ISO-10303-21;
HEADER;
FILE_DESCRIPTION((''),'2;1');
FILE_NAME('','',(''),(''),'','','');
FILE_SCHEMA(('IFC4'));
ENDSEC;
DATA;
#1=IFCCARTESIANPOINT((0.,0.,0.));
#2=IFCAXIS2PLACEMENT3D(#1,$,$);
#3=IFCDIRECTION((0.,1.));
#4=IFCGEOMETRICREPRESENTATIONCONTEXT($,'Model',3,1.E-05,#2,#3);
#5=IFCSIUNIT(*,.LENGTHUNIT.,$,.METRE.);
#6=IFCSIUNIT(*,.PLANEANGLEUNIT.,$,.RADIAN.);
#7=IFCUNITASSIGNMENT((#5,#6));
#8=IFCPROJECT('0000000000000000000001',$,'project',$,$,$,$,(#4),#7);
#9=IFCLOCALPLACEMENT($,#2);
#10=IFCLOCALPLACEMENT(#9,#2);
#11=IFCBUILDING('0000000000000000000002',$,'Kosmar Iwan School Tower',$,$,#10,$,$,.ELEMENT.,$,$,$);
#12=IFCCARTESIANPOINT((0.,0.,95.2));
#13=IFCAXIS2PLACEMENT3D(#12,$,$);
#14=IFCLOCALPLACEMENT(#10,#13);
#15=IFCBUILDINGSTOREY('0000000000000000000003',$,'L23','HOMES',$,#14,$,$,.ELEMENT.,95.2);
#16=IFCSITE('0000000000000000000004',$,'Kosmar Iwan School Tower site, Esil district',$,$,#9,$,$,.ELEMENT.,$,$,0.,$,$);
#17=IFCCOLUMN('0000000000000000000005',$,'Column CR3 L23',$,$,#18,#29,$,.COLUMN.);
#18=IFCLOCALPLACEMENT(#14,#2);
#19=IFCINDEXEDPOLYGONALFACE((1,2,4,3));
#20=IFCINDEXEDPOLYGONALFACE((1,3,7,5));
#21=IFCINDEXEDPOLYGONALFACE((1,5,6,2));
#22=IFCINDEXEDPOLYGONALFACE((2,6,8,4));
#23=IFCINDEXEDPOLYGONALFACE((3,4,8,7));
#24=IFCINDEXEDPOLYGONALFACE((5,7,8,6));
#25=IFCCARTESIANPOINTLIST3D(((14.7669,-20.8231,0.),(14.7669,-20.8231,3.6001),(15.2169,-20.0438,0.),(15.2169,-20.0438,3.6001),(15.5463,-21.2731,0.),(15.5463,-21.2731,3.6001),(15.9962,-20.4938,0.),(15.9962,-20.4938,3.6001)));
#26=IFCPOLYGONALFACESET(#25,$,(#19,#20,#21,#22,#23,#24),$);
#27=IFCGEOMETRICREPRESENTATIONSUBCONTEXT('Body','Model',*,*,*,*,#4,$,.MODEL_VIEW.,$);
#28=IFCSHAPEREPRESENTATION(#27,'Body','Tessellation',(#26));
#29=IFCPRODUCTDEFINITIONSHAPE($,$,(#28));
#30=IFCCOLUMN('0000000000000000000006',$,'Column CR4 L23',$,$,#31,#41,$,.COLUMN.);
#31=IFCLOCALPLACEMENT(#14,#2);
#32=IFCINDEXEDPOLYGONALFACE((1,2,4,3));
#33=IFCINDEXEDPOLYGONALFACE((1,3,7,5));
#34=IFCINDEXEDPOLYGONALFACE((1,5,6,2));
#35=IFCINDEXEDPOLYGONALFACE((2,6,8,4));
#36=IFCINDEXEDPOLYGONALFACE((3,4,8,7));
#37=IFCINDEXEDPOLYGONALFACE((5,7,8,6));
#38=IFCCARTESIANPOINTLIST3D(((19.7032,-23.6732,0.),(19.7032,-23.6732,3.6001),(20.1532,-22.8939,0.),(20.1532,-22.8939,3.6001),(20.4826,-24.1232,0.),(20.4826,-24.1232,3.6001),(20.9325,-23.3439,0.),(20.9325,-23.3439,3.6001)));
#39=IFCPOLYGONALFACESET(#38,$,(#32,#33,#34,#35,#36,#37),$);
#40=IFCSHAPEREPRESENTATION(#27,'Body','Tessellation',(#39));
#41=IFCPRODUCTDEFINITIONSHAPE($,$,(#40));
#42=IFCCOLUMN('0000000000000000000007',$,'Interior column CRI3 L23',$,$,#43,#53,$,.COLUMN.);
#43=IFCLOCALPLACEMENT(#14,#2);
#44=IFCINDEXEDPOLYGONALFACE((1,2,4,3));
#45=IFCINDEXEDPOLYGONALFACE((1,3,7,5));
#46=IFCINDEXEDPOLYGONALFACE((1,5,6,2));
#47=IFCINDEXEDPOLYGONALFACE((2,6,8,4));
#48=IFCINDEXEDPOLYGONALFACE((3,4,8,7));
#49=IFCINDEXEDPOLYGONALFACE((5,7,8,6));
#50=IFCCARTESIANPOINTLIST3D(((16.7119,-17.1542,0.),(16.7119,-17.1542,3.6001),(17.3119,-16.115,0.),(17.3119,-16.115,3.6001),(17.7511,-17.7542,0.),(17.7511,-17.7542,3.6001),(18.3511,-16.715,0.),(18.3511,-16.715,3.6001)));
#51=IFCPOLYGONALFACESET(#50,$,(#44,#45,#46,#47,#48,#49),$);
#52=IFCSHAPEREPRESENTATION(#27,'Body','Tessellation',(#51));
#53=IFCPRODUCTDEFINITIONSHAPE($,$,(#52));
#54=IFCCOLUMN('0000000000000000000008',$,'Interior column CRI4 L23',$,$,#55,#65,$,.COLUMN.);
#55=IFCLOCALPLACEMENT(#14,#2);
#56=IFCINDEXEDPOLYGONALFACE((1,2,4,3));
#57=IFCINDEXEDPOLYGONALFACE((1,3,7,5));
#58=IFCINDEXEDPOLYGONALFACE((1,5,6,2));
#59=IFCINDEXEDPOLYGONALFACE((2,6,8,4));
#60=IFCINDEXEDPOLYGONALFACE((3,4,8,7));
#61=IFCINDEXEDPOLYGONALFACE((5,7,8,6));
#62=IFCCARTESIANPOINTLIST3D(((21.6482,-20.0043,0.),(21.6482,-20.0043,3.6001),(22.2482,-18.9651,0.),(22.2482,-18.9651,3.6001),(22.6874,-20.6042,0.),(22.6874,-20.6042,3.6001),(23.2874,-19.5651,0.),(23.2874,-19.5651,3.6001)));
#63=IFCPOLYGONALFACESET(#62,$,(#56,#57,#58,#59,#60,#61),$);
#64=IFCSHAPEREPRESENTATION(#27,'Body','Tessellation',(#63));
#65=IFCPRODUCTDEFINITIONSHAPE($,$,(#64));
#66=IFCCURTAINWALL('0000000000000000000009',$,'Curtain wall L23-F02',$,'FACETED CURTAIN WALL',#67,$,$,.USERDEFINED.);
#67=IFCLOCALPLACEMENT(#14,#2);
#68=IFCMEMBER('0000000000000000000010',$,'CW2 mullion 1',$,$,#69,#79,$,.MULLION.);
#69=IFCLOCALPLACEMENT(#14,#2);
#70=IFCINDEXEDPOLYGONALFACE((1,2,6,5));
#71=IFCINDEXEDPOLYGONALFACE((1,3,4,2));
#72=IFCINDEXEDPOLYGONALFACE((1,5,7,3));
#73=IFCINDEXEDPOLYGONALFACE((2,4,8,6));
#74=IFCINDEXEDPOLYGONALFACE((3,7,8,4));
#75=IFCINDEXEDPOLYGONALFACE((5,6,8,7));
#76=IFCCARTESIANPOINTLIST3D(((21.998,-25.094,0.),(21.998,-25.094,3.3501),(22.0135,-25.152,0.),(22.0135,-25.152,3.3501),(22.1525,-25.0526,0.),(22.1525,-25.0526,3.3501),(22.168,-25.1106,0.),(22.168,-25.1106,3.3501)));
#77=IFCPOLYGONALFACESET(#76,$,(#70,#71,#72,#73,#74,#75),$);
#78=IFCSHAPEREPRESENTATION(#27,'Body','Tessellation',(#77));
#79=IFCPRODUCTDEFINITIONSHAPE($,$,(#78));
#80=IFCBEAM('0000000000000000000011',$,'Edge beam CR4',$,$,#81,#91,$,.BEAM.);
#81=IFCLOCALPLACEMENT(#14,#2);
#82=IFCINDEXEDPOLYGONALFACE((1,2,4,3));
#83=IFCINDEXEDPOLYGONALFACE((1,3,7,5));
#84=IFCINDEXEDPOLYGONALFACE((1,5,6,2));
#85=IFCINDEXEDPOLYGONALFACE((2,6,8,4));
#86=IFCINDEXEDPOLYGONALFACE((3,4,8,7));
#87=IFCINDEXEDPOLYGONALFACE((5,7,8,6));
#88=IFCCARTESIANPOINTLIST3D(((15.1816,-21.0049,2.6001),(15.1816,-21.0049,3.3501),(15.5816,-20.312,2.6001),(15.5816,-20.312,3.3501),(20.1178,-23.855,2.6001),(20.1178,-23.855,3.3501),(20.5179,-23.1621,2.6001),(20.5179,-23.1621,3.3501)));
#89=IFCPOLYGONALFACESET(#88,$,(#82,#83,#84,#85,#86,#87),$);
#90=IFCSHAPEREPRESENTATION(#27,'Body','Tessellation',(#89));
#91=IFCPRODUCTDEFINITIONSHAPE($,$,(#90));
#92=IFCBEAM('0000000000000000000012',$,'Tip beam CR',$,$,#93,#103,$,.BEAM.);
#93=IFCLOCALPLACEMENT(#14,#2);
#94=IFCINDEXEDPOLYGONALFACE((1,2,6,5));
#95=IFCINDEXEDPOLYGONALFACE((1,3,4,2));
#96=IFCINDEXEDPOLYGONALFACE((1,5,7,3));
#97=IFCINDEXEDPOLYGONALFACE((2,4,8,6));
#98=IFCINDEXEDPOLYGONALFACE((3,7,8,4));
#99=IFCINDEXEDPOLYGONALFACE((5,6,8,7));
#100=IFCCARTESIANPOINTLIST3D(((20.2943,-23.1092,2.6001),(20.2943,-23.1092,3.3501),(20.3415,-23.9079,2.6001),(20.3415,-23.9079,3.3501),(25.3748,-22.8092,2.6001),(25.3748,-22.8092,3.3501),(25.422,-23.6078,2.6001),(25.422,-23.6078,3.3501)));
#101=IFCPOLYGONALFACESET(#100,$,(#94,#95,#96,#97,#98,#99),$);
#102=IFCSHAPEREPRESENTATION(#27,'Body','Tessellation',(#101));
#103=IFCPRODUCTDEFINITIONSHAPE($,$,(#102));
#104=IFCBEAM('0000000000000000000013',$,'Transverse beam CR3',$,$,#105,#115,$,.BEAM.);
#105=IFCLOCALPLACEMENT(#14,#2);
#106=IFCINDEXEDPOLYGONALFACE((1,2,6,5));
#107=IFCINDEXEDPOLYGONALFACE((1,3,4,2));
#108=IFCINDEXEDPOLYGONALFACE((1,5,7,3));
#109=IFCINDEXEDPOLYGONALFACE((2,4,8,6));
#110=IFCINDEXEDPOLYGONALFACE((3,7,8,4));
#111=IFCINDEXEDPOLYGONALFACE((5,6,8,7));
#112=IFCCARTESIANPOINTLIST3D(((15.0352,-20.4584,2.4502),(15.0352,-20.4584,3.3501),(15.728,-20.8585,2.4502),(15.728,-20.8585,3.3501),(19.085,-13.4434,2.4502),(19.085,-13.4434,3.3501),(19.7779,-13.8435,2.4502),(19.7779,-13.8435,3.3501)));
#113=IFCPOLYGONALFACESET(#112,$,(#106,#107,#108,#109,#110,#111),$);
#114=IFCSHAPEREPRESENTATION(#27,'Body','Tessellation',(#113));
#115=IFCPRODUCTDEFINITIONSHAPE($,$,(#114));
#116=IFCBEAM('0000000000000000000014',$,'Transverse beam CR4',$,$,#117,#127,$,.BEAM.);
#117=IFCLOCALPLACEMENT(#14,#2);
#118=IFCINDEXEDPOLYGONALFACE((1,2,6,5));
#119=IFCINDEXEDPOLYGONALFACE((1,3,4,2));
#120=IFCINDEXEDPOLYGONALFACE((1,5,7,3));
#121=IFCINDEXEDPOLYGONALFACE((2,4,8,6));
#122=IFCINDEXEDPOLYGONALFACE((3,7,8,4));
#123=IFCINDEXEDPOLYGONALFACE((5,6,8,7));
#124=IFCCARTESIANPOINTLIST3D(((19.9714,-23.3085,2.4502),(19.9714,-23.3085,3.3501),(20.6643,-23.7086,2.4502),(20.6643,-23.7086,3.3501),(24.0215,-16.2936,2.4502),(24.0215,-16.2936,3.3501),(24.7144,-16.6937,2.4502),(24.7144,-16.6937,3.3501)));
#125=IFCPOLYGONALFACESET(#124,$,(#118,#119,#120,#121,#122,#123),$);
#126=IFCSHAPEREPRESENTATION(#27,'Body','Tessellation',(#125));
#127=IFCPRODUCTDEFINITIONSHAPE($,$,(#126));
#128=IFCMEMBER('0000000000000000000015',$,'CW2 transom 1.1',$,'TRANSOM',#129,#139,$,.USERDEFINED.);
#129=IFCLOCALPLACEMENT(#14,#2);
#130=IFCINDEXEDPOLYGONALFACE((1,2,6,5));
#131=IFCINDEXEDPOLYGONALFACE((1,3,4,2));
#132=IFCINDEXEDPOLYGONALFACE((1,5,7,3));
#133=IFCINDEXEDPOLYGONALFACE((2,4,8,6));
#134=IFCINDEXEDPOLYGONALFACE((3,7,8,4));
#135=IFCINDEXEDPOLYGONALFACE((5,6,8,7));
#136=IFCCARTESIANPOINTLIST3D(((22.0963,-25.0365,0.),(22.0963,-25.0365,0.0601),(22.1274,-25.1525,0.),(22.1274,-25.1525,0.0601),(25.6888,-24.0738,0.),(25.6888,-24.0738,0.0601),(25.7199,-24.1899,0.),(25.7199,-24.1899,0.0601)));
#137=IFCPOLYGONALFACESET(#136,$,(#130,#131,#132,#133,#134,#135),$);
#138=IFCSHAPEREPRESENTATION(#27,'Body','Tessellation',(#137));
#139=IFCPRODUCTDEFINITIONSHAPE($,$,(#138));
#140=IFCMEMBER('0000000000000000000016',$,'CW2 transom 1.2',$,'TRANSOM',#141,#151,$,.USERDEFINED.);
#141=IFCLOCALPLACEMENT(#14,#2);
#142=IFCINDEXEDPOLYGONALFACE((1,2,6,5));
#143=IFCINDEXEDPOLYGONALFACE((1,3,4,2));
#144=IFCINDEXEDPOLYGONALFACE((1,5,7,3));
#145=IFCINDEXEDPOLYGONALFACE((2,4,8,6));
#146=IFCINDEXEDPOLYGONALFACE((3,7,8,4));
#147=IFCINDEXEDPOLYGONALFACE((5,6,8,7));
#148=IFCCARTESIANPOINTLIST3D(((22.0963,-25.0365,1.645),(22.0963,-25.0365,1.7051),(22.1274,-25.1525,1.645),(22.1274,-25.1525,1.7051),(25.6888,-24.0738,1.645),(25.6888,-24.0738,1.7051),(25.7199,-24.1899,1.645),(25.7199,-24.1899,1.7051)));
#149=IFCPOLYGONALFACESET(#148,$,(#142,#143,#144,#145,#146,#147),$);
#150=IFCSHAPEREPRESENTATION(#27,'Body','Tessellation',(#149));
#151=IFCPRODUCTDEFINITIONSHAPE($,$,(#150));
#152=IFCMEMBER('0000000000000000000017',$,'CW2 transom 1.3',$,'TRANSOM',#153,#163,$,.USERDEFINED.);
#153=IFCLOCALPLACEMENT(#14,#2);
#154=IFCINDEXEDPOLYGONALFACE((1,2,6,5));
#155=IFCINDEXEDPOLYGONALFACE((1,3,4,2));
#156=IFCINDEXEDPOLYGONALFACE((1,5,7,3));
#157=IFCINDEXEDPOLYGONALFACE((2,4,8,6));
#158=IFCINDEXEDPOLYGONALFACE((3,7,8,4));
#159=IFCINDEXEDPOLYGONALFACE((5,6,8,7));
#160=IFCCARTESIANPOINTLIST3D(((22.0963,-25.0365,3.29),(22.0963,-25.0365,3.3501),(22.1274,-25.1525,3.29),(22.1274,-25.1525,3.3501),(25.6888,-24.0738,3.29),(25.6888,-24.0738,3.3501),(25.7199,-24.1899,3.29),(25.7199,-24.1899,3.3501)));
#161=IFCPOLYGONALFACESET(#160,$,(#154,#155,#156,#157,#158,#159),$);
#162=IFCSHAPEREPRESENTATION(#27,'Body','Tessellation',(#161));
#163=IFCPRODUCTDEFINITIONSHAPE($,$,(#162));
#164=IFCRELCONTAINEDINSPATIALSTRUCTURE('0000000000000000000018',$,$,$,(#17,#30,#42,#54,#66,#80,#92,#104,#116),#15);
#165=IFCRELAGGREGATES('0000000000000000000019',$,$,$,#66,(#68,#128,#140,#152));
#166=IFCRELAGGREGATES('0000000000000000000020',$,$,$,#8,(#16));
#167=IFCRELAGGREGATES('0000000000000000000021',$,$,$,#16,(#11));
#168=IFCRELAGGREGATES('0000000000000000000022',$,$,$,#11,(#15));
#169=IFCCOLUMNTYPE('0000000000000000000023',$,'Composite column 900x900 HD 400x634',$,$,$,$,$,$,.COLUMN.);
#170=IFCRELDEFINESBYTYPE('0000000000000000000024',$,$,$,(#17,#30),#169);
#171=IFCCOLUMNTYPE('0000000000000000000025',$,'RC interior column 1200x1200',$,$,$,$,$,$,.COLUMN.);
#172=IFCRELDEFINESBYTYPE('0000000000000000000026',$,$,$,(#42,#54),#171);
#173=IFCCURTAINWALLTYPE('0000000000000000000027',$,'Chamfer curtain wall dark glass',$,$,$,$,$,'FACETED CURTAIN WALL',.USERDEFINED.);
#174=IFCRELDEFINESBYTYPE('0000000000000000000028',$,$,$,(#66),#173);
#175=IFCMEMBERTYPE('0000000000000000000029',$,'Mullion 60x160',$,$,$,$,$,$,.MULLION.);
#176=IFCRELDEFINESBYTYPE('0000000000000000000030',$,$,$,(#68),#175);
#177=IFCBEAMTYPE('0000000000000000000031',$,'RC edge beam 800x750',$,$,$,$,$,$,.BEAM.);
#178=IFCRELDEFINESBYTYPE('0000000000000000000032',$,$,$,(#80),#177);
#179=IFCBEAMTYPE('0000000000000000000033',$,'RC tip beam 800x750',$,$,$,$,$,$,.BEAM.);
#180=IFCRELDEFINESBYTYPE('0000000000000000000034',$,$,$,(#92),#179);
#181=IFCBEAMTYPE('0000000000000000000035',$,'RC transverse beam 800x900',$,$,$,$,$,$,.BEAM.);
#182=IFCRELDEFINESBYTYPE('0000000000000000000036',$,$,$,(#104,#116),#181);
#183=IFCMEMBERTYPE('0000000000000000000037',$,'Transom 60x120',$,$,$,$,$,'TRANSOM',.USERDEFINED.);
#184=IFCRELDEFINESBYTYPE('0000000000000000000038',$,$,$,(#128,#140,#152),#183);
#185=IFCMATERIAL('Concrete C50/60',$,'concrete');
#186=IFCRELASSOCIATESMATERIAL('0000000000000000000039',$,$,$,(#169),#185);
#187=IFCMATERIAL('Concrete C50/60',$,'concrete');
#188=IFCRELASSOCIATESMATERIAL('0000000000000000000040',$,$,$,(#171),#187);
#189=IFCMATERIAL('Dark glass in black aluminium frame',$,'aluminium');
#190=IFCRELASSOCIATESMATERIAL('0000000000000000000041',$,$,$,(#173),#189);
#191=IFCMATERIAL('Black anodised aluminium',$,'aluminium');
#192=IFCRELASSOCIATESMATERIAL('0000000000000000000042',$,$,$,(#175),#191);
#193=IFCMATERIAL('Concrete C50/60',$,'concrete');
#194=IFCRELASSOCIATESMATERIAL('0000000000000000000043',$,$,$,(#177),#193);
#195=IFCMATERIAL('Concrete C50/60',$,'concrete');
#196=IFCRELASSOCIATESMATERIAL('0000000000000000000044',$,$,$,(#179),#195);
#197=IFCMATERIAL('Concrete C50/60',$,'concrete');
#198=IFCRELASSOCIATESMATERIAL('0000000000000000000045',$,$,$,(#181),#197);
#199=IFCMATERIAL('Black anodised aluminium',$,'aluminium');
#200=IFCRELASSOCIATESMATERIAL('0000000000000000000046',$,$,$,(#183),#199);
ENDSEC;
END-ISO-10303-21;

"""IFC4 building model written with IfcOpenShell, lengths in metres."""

from ifc_helpers import new_model, si_unit, direction, frame, origin, origin_2d, place, context, subcontext, project, spatial, rectangle, extrude, material, material_profile, profile_set, type_object, element, aggregate, save


model = new_model("IFC4")

# Units and contexts
model_context = context("Model", 3, precision=1e-05, world=origin(), true_north=direction((0.0, 1.0)))
body_context = subcontext(model_context, "Body", "Model", "MODEL_VIEW")
ifc_project = project(units=[si_unit("LENGTHUNIT", "METRE"), si_unit("PLANEANGLEUNIT", "RADIAN")], contexts=[model_context])

# Site, building, storey
site_placement = place(None, origin())
site = spatial("IfcSite", under=ifc_project, at=site_placement, Name="Kosmar Iwan School Tower site, Esil district", CompositionType="ELEMENT", RefElevation=0.0)
building_placement = place(site_placement, origin())
building = spatial("IfcBuilding", under=site, at=building_placement, Name="Kosmar Iwan School Tower", CompositionType="ELEMENT")
storey_placement = place(building_placement, frame((0.0, 0.0, 95.2)))
storey = spatial("IfcBuildingStorey", under=building, at=storey_placement, Name="L23", Description="HOMES", CompositionType="ELEMENT", Elevation=95.2)

# Columns
ifc_material_1 = material(Name="Concrete C50/60", Category="concrete")
ifc_material_profile_1 = material_profile(ifc_material_1, rectangle(XDim=0.8999, YDim=0.8999, at=origin_2d()), Name="RC 900x900 + HD 400x634")
ifc_profile_set_1 = profile_set([ifc_material_profile_1], Name="Concrete C50/60")
column_type_1 = type_object("IfcColumnType", Name="Composite column 900x900 HD 400x634", PredefinedType="COLUMN", material=ifc_profile_set_1)
for number, where, z_axis, x_axis, name in (
    (1, (15.3816, -20.6584, 0.0), (0.0, 0.0, 1.0), (0.866025, -0.5, 0.0), "Column CR3 L23"),
    (2, (20.3179, -23.5085, 0.0), (0.0, 0.0, 1.0), (0.866025, -0.5, 0.0), "Column CR4 L23"),
):
    element("IfcColumn", number, at=place(storey_placement, frame(where, z_axis=z_axis, x_axis=x_axis)), inside=storey, type_object=column_type_1, Name=name, PredefinedType="COLUMN", context=body_context, shape_type="SweptSolid", body=[
        extrude(rectangle(XDim=0.8999, YDim=0.8999, at=origin_2d()), origin(), (0.0, 0.0, 1.0), 3.6001),
    ])
ifc_material_2 = material(Name="Concrete C50/60", Category="concrete")
ifc_material_profile_2 = material_profile(ifc_material_2, rectangle(XDim=1.2, YDim=1.2, at=origin_2d()), Name="RC 1200x1200")
ifc_profile_set_2 = profile_set([ifc_material_profile_2], Name="Concrete C50/60")
column_type_2 = type_object("IfcColumnType", Name="RC interior column 1200x1200", PredefinedType="COLUMN", material=ifc_profile_set_2)
for number, where, z_axis, x_axis, name in (
    (3, (17.5315, -16.9346, 0.0), (0.0, 0.0, 1.0), (0.866025, -0.5, 0.0), "Interior column CRI3 L23"),
    (4, (22.4678, -19.7847, 0.0), (0.0, 0.0, 1.0), (0.866025, -0.5, 0.0), "Interior column CRI4 L23"),
):
    element("IfcColumn", number, at=place(storey_placement, frame(where, z_axis=z_axis, x_axis=x_axis)), inside=storey, type_object=column_type_2, Name=name, PredefinedType="COLUMN", context=body_context, shape_type="SweptSolid", body=[
        extrude(rectangle(XDim=1.2, YDim=1.2, at=origin_2d()), origin(), (0.0, 0.0, 1.0), 3.6001),
    ])

# Curtain wall, member
ifc_material_3 = material(Name="Dark glass in black aluminium frame", Category="aluminium")
curtain_wall_type = type_object("IfcCurtainWallType", Name="Chamfer curtain wall dark glass", ElementType="FACETED CURTAIN WALL", PredefinedType="USERDEFINED", material=ifc_material_3)
curtain_wall_placement = place(storey_placement, origin())
curtain_wall = element("IfcCurtainWall", 5, at=curtain_wall_placement, inside=storey, type_object=curtain_wall_type, Name="Curtain wall L23-F02", ObjectType="FACETED CURTAIN WALL", PredefinedType="USERDEFINED")
ifc_material_4 = material(Name="Black anodised aluminium", Category="aluminium")
ifc_material_profile_3 = material_profile(ifc_material_4, rectangle(XDim=0.0601, YDim=0.1599, at=origin_2d()), Name="MULLION 60x160")
ifc_profile_set_3 = profile_set([ifc_material_profile_3], Name="Black anodised aluminium")
member_type_1 = type_object("IfcMemberType", Name="Mullion 60x160", PredefinedType="MULLION", material=ifc_profile_set_3)
member_1_placement = place(storey_placement, frame((22.083, -25.1023, 0.0), z_axis=(0.0, 0.0, 1.0), x_axis=(-0.258819, 0.965926, 0.0)))
member_1 = element("IfcMember", 6, at=member_1_placement, type_object=member_type_1, Name="CW2 mullion 1", PredefinedType="MULLION", context=body_context, shape_type="SweptSolid", body=[
    extrude(rectangle(XDim=0.0601, YDim=0.1599, at=origin_2d()), origin(), (0.0, 0.0, 1.0), 3.3501),
])

# Beams
ifc_material_5 = material(Name="Concrete C50/60", Category="concrete")
ifc_material_profile_4 = material_profile(ifc_material_5, rectangle(XDim=0.8, YDim=0.75, at=origin_2d()), Name="RC 800x750")
ifc_profile_set_4 = profile_set([ifc_material_profile_4], Name="Concrete C50/60")
beam_type_1 = type_object("IfcBeamType", Name="RC edge beam 800x750", PredefinedType="BEAM", material=ifc_profile_set_4)
beam_1_placement = place(storey_placement, frame((15.3816, -20.6584, 2.9751), z_axis=(0.866015, -0.500018, 0.0), x_axis=(0.500018, 0.866015, 0.0)))
element("IfcBeam", 7, at=beam_1_placement, inside=storey, type_object=beam_type_1, Name="Edge beam CR4", PredefinedType="BEAM", context=body_context, shape_type="SweptSolid", body=[
    extrude(rectangle(XDim=0.8, YDim=0.75, at=origin_2d()), origin(), (0.0, 0.0, 1.0), 5.7),
])
ifc_material_6 = material(Name="Concrete C50/60", Category="concrete")
ifc_material_profile_5 = material_profile(ifc_material_6, rectangle(XDim=0.8, YDim=0.75, at=origin_2d()), Name="RC 800x750")
ifc_profile_set_5 = profile_set([ifc_material_profile_5], Name="Concrete C50/60")
beam_type_2 = type_object("IfcBeamType", Name="RC tip beam 800x750", PredefinedType="BEAM", material=ifc_profile_set_5)
beam_2_placement = place(storey_placement, frame((20.3179, -23.5085, 2.9751), z_axis=(0.998261, 0.058955, 0.0), x_axis=(-0.058955, 0.998261, 0.0)))
element("IfcBeam", 8, at=beam_2_placement, inside=storey, type_object=beam_type_2, Name="Tip beam CR", PredefinedType="BEAM", context=body_context, shape_type="SweptSolid", body=[
    extrude(rectangle(XDim=0.8, YDim=0.75, at=origin_2d()), origin(), (0.0, 0.0, 1.0), 5.0894),
])
ifc_material_7 = material(Name="Concrete C50/60", Category="concrete")
ifc_material_profile_6 = material_profile(ifc_material_7, rectangle(XDim=0.8, YDim=0.8999, at=origin_2d()), Name="RC 800x900")
ifc_profile_set_6 = profile_set([ifc_material_profile_6], Name="Concrete C50/60")
beam_type_3 = type_object("IfcBeamType", Name="RC transverse beam 800x900", PredefinedType="BEAM", material=ifc_profile_set_6)
for number, where, z_axis, x_axis, name in (
    (9, (15.3816, -20.6584, 2.9001), (0.499977, 0.866039, 0.0), (-0.866039, 0.499977, 0.0), "Transverse beam CR3"),
    (10, (20.3179, -23.5085, 2.9001), (0.5, 0.866025, 0.0), (-0.866025, 0.5, 0.0), "Transverse beam CR4"),
):
    element("IfcBeam", number, at=place(storey_placement, frame(where, z_axis=z_axis, x_axis=x_axis)), inside=storey, type_object=beam_type_3, Name=name, PredefinedType="BEAM", context=body_context, shape_type="SweptSolid", body=[
        extrude(rectangle(XDim=0.8, YDim=0.8999, at=origin_2d()), origin(), (0.0, 0.0, 1.0), 8.1001),
    ])

# Members
ifc_material_8 = material(Name="Black anodised aluminium", Category="aluminium")
ifc_material_profile_7 = material_profile(ifc_material_8, rectangle(XDim=0.1201, YDim=0.0601, at=origin_2d()), Name="TRANSOM 60x120")
ifc_profile_set_7 = profile_set([ifc_material_profile_7], Name="Black anodised aluminium")
member_type_2 = type_object("IfcMemberType", Name="Transom 60x120", ElementType="TRANSOM", PredefinedType="USERDEFINED", material=ifc_profile_set_7)
member_2_placement = place(storey_placement, frame((22.1118, -25.0945, 0.03), z_axis=(0.965924, 0.258827, 0.0), x_axis=(-0.258827, 0.965924, 0.0)))
member_2 = element("IfcMember", 11, at=member_2_placement, type_object=member_type_2, Name="CW2 transom 1.1", ObjectType="TRANSOM", PredefinedType="USERDEFINED", context=body_context, shape_type="SweptSolid", body=[
    extrude(rectangle(XDim=0.1201, YDim=0.0601, at=origin_2d()), origin(), (0.0, 0.0, 1.0), 3.7192),
])
member_3_placement = place(storey_placement, frame((22.1118, -25.0945, 1.675), z_axis=(0.965924, 0.258827, 0.0), x_axis=(-0.258827, 0.965924, 0.0)))
member_3 = element("IfcMember", 12, at=member_3_placement, type_object=member_type_2, Name="CW2 transom 1.2", ObjectType="TRANSOM", PredefinedType="USERDEFINED", context=body_context, shape_type="SweptSolid", body=[
    extrude(rectangle(XDim=0.1201, YDim=0.0601, at=origin_2d()), origin(), (0.0, 0.0, 1.0), 3.7192),
])
member_4_placement = place(storey_placement, frame((22.1118, -25.0945, 3.3201), z_axis=(0.965924, 0.258827, 0.0), x_axis=(-0.258827, 0.965924, 0.0)))
member_4 = element("IfcMember", 13, at=member_4_placement, type_object=member_type_2, Name="CW2 transom 1.3", ObjectType="TRANSOM", PredefinedType="USERDEFINED", context=body_context, shape_type="SweptSolid", body=[
    extrude(rectangle(XDim=0.1201, YDim=0.0601, at=origin_2d()), origin(), (0.0, 0.0, 1.0), 3.7192),
])
aggregate(curtain_wall, [member_1, member_2, member_3, member_4])

save(model, "model.ifc")
